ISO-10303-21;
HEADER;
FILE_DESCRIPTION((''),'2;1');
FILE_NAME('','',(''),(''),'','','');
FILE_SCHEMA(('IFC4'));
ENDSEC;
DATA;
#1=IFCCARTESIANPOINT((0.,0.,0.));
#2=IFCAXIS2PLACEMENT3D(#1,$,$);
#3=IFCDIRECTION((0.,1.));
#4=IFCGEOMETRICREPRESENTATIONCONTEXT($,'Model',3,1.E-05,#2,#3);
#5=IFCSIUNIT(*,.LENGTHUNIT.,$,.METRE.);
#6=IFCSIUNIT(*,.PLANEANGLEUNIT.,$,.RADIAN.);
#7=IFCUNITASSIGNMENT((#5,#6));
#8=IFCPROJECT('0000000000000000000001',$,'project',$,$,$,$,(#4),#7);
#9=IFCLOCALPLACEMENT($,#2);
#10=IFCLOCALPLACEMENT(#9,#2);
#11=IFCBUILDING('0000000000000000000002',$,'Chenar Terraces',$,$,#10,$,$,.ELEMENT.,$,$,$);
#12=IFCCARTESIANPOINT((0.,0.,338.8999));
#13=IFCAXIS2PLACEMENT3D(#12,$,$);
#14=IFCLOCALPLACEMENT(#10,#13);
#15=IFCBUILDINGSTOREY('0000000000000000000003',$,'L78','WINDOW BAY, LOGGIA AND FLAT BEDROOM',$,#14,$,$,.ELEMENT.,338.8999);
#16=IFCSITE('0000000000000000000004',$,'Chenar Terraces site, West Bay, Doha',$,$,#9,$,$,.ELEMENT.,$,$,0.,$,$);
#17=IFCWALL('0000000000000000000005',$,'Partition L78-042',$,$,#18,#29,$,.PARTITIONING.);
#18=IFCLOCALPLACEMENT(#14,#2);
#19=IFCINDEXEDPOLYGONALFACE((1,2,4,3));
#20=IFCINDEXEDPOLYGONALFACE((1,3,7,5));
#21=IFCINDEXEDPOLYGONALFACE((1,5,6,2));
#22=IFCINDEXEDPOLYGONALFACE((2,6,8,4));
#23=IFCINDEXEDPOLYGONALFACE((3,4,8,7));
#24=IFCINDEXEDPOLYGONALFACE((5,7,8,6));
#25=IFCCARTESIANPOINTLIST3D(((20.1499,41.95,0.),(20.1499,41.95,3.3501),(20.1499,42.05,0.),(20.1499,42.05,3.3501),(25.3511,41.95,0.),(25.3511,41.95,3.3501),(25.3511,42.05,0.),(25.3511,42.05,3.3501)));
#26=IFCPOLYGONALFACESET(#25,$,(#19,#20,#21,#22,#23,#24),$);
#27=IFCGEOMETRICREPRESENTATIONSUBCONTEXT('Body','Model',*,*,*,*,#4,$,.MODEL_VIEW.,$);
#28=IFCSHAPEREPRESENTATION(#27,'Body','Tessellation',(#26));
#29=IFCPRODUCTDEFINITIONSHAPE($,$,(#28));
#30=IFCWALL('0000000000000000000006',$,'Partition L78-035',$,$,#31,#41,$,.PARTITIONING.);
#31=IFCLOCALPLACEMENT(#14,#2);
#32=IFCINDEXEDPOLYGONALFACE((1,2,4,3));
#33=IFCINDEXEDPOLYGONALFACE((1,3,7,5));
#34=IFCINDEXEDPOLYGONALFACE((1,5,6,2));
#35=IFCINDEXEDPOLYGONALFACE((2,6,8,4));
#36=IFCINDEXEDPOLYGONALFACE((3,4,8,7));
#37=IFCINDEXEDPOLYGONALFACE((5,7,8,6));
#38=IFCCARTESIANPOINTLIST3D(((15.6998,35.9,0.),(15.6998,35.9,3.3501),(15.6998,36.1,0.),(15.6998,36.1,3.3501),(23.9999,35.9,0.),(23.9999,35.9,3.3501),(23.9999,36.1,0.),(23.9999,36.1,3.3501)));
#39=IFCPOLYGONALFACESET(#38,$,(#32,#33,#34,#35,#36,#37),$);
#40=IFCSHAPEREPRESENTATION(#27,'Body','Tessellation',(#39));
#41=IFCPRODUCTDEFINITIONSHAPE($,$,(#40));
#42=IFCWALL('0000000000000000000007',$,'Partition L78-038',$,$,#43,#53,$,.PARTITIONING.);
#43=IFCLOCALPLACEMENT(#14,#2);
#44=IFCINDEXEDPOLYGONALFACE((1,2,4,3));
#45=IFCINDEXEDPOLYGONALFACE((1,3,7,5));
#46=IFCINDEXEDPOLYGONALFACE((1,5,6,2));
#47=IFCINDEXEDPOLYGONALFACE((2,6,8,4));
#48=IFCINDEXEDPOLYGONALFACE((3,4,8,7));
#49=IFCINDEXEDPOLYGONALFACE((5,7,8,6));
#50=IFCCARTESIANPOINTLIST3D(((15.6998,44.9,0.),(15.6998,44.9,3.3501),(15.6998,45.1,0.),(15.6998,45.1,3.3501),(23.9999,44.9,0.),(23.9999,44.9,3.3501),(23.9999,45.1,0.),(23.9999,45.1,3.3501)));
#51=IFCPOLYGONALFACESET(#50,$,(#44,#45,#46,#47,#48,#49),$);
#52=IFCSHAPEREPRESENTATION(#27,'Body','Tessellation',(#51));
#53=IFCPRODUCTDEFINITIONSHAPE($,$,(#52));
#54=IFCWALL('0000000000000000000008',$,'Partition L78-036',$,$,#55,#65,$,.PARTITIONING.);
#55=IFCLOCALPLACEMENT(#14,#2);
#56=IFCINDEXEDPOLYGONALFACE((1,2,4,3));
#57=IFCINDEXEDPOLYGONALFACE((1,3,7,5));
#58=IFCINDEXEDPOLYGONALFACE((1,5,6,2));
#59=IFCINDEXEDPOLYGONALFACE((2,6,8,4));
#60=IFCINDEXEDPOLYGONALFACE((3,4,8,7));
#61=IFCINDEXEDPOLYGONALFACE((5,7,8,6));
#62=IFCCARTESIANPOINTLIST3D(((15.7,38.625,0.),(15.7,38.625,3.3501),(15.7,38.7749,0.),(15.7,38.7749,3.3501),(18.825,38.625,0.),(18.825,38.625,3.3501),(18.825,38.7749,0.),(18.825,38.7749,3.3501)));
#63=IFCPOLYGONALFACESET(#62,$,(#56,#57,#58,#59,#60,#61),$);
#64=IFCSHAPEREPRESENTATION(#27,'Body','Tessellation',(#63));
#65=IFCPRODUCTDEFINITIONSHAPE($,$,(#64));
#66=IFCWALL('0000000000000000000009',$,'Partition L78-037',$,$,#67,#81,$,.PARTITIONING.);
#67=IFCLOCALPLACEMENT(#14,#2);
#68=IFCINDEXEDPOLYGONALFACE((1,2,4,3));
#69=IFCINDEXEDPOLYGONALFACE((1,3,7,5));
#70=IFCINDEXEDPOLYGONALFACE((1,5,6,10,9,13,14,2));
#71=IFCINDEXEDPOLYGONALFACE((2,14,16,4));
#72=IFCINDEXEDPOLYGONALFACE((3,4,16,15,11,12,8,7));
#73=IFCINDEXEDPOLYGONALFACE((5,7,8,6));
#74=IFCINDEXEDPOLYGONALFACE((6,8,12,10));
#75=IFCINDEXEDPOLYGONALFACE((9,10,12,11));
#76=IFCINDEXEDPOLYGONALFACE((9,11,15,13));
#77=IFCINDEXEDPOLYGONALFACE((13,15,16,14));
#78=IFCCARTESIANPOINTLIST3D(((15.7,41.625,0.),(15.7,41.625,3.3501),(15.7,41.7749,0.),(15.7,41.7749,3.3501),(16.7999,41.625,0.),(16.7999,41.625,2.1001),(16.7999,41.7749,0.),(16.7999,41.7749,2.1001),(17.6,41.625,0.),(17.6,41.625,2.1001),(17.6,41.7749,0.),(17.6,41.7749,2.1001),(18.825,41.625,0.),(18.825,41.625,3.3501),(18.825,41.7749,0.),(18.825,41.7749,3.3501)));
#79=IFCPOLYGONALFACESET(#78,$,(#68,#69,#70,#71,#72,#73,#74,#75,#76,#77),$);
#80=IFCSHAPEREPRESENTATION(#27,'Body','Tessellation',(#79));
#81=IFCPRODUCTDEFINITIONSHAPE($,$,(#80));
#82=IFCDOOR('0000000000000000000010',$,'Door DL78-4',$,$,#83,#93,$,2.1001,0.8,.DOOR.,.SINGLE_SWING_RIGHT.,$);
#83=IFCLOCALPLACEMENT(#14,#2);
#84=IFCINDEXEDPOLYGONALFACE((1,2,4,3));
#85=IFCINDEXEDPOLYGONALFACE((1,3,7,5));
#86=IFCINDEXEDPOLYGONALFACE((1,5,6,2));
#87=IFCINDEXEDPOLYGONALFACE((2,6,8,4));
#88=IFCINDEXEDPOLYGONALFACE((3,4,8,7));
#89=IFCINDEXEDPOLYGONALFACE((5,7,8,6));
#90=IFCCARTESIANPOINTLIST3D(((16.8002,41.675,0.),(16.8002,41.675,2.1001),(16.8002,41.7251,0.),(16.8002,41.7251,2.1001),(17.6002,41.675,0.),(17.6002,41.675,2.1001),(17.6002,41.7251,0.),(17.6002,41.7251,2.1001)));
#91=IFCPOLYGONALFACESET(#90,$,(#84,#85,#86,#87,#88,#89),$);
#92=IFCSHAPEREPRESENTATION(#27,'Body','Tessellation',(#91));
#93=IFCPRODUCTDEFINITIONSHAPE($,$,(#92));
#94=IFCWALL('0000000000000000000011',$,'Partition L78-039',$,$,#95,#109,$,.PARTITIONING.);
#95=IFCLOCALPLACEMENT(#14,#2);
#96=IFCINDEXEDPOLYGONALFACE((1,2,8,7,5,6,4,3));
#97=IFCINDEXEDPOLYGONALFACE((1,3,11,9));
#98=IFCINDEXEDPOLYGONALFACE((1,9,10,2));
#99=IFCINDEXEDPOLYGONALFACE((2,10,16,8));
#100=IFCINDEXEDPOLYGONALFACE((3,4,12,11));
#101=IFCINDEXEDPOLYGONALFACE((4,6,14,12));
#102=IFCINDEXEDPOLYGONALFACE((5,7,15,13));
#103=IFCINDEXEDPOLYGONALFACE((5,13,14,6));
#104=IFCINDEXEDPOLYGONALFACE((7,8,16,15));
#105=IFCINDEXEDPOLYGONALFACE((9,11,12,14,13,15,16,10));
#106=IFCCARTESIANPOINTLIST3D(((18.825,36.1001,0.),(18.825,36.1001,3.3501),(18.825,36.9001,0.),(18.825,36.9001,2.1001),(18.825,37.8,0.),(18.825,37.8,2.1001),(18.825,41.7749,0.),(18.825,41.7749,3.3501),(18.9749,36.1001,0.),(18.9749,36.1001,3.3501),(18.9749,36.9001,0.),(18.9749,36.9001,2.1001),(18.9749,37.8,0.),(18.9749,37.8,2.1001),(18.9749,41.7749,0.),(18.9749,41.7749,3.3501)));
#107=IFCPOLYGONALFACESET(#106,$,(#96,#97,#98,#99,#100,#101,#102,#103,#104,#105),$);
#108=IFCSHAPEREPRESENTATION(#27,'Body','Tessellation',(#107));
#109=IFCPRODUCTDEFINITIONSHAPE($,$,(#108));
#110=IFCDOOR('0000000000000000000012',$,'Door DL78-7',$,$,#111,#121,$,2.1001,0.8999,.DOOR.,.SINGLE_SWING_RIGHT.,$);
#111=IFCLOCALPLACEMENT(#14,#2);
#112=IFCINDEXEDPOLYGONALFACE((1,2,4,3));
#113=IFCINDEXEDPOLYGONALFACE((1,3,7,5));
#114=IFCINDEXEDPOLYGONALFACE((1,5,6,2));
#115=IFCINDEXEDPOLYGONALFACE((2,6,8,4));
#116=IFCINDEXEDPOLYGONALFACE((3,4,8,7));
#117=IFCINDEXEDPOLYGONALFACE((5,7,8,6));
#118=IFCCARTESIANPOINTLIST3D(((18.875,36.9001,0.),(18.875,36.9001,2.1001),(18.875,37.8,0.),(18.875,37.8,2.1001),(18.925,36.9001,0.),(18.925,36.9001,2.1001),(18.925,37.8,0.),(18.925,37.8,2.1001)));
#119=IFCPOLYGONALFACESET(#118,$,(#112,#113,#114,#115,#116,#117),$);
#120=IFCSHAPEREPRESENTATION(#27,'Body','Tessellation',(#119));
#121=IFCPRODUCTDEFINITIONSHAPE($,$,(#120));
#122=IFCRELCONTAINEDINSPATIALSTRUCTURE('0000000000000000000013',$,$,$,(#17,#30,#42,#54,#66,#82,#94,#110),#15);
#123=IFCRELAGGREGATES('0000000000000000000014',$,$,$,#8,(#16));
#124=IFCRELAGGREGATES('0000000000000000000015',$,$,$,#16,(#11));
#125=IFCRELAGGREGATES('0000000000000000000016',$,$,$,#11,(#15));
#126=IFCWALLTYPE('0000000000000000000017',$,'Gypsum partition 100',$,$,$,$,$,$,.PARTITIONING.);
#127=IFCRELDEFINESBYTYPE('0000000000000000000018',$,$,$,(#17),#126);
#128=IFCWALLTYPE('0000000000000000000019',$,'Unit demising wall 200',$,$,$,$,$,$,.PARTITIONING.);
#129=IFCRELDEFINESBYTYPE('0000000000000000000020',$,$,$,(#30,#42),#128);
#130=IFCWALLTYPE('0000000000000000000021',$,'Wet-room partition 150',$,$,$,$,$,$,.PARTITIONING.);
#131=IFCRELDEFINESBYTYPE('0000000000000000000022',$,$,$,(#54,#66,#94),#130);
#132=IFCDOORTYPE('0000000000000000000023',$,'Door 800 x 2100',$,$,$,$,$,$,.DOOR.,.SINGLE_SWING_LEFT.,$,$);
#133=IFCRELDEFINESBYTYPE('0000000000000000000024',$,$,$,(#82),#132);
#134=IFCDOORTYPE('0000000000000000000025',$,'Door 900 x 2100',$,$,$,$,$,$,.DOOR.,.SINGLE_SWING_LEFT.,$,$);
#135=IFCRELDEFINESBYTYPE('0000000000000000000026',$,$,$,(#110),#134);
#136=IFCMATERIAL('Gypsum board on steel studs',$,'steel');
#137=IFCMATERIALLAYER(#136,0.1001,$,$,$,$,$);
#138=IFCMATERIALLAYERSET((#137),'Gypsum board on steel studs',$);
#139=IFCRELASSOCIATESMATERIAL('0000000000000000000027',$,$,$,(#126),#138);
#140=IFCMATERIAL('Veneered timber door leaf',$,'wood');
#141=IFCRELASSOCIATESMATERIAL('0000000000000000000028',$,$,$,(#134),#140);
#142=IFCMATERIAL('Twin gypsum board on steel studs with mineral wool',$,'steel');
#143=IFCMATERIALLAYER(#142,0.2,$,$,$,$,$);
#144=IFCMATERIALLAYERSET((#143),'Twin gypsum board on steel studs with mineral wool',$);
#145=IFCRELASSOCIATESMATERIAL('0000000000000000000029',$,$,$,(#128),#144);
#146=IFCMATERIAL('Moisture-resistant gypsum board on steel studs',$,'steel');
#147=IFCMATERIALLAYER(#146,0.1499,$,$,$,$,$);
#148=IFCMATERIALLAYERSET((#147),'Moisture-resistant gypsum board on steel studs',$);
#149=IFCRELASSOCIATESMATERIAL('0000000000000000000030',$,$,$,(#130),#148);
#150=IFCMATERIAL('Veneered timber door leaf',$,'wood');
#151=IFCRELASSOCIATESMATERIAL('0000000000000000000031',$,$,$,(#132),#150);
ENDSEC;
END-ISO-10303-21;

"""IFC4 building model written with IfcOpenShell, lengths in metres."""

from ifc_helpers import new_model, si_unit, direction, frame, frame_2d, origin, place, context, subcontext, project, spatial, rectangle, extrude, material, layer, layer_set, type_object, element, fill, save


model = new_model("IFC4")

# Units and contexts
model_context = context("Model", 3, precision=1e-05, world=origin(), true_north=direction((0.0, 1.0)))
body_context = subcontext(model_context, "Body", "Model", "MODEL_VIEW")
ifc_project = project(units=[si_unit("LENGTHUNIT", "METRE"), si_unit("PLANEANGLEUNIT", "RADIAN")], contexts=[model_context])

# Site, building, storey
site_placement = place(None, origin())
site = spatial("IfcSite", under=ifc_project, at=site_placement, Name="Chenar Terraces site, West Bay, Doha", CompositionType="ELEMENT", RefElevation=0.0)
building_placement = place(site_placement, origin())
building = spatial("IfcBuilding", under=site, at=building_placement, Name="Chenar Terraces", CompositionType="ELEMENT")
storey_placement = place(building_placement, frame((0.0, 0.0, 338.8999)))
storey = spatial("IfcBuildingStorey", under=building, at=storey_placement, Name="L78", Description="WINDOW BAY, LOGGIA AND FLAT BEDROOM", CompositionType="ELEMENT", Elevation=338.8999)

# Shared definitions
ifc_material_1 = material(Name="Gypsum board on steel studs", Category="steel")
ifc_layer_1 = layer(ifc_material_1, 0.1001)
ifc_layer_set_1 = layer_set([ifc_layer_1], Name="Gypsum board on steel studs")
wall_type_1 = type_object("IfcWallType", Name="Gypsum partition 100", PredefinedType="PARTITIONING", material=ifc_layer_set_1)
ifc_material_2 = material(Name="Veneered timber door leaf", Category="wood")
door_type_1 = type_object("IfcDoorType", Name="Door 900 x 2100", OperationType="SINGLE_SWING_LEFT", PredefinedType="DOOR", material=ifc_material_2)

# Walls
wall_1_placement = place(storey_placement, frame((20.1499, 42.0, 0.0), z_axis=(0.0, 0.0, 1.0), x_axis=(1.0, 0.0, 0.0)))
element("IfcWall", 1, at=wall_1_placement, inside=storey, type_object=wall_type_1, Name="Partition L78-042", PredefinedType="PARTITIONING", context=body_context, shape_type="SweptSolid", body=[
    extrude(rectangle(XDim=5.2012, YDim=0.1001, at=frame_2d((2.6006, 0.0))), origin(), (0.0, 0.0, 1.0), 3.3501),
])
ifc_material_3 = material(Name="Twin gypsum board on steel studs with mineral wool", Category="steel")
ifc_layer_2 = layer(ifc_material_3, 0.2)
ifc_layer_set_2 = layer_set([ifc_layer_2], Name="Twin gypsum board on steel studs with mineral wool")
wall_type_2 = type_object("IfcWallType", Name="Unit demising wall 200", PredefinedType="PARTITIONING", material=ifc_layer_set_2)
for number, where, z_axis, x_axis, name in (
    (2, (15.7, 36.0, 0.0), (0.0, 0.0, 1.0), (1.0, 0.0, 0.0), "Partition L78-035"),
    (3, (15.7, 45.0, 0.0), (0.0, 0.0, 1.0), (1.0, 0.0, 0.0), "Partition L78-038"),
):
    element("IfcWall", number, at=place(storey_placement, frame(where, z_axis=z_axis, x_axis=x_axis)), inside=storey, type_object=wall_type_2, Name=name, PredefinedType="PARTITIONING", context=body_context, shape_type="SweptSolid", body=[
        extrude(rectangle(XDim=8.3, YDim=0.2, at=frame_2d((4.1499, 0.0))), origin(), (0.0, 0.0, 1.0), 3.3501),
    ])
ifc_material_4 = material(Name="Moisture-resistant gypsum board on steel studs", Category="steel")
ifc_layer_3 = layer(ifc_material_4, 0.1499)
ifc_layer_set_3 = layer_set([ifc_layer_3], Name="Moisture-resistant gypsum board on steel studs")
wall_type_3 = type_object("IfcWallType", Name="Wet-room partition 150", PredefinedType="PARTITIONING", material=ifc_layer_set_3)
wall_2_placement = place(storey_placement, frame((15.7, 38.7, 0.0), z_axis=(0.0, 0.0, 1.0), x_axis=(1.0, 0.0, 0.0)))
element("IfcWall", 4, at=wall_2_placement, inside=storey, type_object=wall_type_3, Name="Partition L78-036", PredefinedType="PARTITIONING", context=body_context, shape_type="SweptSolid", body=[
    extrude(rectangle(XDim=3.125, YDim=0.1499, at=frame_2d((1.5625, 0.0))), origin(), (0.0, 0.0, 1.0), 3.3501),
])

# Walls, openings, doors
wall_3_placement = place(storey_placement, frame((15.7, 41.7, 0.0), z_axis=(0.0, 0.0, 1.0), x_axis=(1.0, 0.0, 0.0)))
wall_3 = element("IfcWall", 5, at=wall_3_placement, inside=storey, type_object=wall_type_3, Name="Partition L78-037", PredefinedType="PARTITIONING", context=body_context, shape_type="SweptSolid", body=[
    extrude(rectangle(XDim=3.125, YDim=0.1499, at=frame_2d((1.5625, 0.0))), origin(), (0.0, 0.0, 1.0), 3.3501),
])
opening_1_placement = place(wall_3_placement, frame((1.1001, 0.0, 0.0)))
opening_1 = element("IfcOpeningElement", 6, at=opening_1_placement, cuts=wall_3, PredefinedType="OPENING", context=body_context, shape_type="SweptSolid", body=[
    extrude(rectangle(XDim=0.8, YDim=2.1001, at=frame_2d((0.3999, 1.05))), frame((0.0, 0.085, 0.0), z_axis=(0.0, -1.0, 0.0), x_axis=(1.0, 0.0, 0.0)), (0.0, 0.0, 1.0), 0.1699),
])
ifc_material_5 = material(Name="Veneered timber door leaf", Category="wood")
door_type_2 = type_object("IfcDoorType", Name="Door 800 x 2100", OperationType="SINGLE_SWING_LEFT", PredefinedType="DOOR", material=ifc_material_5)
door_1_placement = place(opening_1_placement, frame((0.8, 0.0, 0.0), z_axis=(0.0, 0.0, 1.0), x_axis=(-1.0, 0.0, 0.0)))
door_1 = element("IfcDoor", 7, at=door_1_placement, inside=storey, type_object=door_type_2, Name="Door DL78-4", OperationType="SINGLE_SWING_RIGHT", OverallHeight=2.1001, OverallWidth=0.8, PredefinedType="DOOR", context=body_context, shape_type="SweptSolid", body=[
    extrude(rectangle(XDim=0.8, YDim=2.1001, at=frame_2d((0.3999, 1.05))), frame((0.0, 0.0249, 0.0), z_axis=(0.0, -1.0, 0.0), x_axis=(1.0, 0.0, 0.0)), (0.0, 0.0, 1.0), 0.05),
])
fill(opening_1, door_1)
wall_4_placement = place(storey_placement, frame((18.8999, 36.1001, 0.0), z_axis=(0.0, 0.0, 1.0), x_axis=(0.0, 1.0, 0.0)))
wall_4 = element("IfcWall", 8, at=wall_4_placement, inside=storey, type_object=wall_type_3, Name="Partition L78-039", PredefinedType="PARTITIONING", context=body_context, shape_type="SweptSolid", body=[
    extrude(rectangle(XDim=5.6748, YDim=0.1499, at=frame_2d((2.8374, 0.0))), origin(), (0.0, 0.0, 1.0), 3.3501),
])
opening_2_placement = place(wall_4_placement, frame((0.8, 0.0, 0.0)))
opening_2 = element("IfcOpeningElement", 9, at=opening_2_placement, cuts=wall_4, PredefinedType="OPENING", context=body_context, shape_type="SweptSolid", body=[
    extrude(rectangle(XDim=0.8999, YDim=2.1001, at=frame_2d((0.45, 1.05))), frame((0.0, 0.085, 0.0), z_axis=(0.0, -1.0, 0.0), x_axis=(1.0, 0.0, 0.0)), (0.0, 0.0, 1.0), 0.1699),
])
door_2_placement = place(opening_2_placement, origin())
door_2 = element("IfcDoor", 10, at=door_2_placement, inside=storey, type_object=door_type_1, Name="Door DL78-7", OperationType="SINGLE_SWING_RIGHT", OverallHeight=2.1001, OverallWidth=0.8999, PredefinedType="DOOR", context=body_context, shape_type="SweptSolid", body=[
    extrude(rectangle(XDim=0.8999, YDim=2.1001, at=frame_2d((0.45, 1.05))), frame((0.0, 0.0249, 0.0), z_axis=(0.0, -1.0, 0.0), x_axis=(1.0, 0.0, 0.0)), (0.0, 0.0, 1.0), 0.05),
])
fill(opening_2, door_2)

save(model, "model.ifc")
